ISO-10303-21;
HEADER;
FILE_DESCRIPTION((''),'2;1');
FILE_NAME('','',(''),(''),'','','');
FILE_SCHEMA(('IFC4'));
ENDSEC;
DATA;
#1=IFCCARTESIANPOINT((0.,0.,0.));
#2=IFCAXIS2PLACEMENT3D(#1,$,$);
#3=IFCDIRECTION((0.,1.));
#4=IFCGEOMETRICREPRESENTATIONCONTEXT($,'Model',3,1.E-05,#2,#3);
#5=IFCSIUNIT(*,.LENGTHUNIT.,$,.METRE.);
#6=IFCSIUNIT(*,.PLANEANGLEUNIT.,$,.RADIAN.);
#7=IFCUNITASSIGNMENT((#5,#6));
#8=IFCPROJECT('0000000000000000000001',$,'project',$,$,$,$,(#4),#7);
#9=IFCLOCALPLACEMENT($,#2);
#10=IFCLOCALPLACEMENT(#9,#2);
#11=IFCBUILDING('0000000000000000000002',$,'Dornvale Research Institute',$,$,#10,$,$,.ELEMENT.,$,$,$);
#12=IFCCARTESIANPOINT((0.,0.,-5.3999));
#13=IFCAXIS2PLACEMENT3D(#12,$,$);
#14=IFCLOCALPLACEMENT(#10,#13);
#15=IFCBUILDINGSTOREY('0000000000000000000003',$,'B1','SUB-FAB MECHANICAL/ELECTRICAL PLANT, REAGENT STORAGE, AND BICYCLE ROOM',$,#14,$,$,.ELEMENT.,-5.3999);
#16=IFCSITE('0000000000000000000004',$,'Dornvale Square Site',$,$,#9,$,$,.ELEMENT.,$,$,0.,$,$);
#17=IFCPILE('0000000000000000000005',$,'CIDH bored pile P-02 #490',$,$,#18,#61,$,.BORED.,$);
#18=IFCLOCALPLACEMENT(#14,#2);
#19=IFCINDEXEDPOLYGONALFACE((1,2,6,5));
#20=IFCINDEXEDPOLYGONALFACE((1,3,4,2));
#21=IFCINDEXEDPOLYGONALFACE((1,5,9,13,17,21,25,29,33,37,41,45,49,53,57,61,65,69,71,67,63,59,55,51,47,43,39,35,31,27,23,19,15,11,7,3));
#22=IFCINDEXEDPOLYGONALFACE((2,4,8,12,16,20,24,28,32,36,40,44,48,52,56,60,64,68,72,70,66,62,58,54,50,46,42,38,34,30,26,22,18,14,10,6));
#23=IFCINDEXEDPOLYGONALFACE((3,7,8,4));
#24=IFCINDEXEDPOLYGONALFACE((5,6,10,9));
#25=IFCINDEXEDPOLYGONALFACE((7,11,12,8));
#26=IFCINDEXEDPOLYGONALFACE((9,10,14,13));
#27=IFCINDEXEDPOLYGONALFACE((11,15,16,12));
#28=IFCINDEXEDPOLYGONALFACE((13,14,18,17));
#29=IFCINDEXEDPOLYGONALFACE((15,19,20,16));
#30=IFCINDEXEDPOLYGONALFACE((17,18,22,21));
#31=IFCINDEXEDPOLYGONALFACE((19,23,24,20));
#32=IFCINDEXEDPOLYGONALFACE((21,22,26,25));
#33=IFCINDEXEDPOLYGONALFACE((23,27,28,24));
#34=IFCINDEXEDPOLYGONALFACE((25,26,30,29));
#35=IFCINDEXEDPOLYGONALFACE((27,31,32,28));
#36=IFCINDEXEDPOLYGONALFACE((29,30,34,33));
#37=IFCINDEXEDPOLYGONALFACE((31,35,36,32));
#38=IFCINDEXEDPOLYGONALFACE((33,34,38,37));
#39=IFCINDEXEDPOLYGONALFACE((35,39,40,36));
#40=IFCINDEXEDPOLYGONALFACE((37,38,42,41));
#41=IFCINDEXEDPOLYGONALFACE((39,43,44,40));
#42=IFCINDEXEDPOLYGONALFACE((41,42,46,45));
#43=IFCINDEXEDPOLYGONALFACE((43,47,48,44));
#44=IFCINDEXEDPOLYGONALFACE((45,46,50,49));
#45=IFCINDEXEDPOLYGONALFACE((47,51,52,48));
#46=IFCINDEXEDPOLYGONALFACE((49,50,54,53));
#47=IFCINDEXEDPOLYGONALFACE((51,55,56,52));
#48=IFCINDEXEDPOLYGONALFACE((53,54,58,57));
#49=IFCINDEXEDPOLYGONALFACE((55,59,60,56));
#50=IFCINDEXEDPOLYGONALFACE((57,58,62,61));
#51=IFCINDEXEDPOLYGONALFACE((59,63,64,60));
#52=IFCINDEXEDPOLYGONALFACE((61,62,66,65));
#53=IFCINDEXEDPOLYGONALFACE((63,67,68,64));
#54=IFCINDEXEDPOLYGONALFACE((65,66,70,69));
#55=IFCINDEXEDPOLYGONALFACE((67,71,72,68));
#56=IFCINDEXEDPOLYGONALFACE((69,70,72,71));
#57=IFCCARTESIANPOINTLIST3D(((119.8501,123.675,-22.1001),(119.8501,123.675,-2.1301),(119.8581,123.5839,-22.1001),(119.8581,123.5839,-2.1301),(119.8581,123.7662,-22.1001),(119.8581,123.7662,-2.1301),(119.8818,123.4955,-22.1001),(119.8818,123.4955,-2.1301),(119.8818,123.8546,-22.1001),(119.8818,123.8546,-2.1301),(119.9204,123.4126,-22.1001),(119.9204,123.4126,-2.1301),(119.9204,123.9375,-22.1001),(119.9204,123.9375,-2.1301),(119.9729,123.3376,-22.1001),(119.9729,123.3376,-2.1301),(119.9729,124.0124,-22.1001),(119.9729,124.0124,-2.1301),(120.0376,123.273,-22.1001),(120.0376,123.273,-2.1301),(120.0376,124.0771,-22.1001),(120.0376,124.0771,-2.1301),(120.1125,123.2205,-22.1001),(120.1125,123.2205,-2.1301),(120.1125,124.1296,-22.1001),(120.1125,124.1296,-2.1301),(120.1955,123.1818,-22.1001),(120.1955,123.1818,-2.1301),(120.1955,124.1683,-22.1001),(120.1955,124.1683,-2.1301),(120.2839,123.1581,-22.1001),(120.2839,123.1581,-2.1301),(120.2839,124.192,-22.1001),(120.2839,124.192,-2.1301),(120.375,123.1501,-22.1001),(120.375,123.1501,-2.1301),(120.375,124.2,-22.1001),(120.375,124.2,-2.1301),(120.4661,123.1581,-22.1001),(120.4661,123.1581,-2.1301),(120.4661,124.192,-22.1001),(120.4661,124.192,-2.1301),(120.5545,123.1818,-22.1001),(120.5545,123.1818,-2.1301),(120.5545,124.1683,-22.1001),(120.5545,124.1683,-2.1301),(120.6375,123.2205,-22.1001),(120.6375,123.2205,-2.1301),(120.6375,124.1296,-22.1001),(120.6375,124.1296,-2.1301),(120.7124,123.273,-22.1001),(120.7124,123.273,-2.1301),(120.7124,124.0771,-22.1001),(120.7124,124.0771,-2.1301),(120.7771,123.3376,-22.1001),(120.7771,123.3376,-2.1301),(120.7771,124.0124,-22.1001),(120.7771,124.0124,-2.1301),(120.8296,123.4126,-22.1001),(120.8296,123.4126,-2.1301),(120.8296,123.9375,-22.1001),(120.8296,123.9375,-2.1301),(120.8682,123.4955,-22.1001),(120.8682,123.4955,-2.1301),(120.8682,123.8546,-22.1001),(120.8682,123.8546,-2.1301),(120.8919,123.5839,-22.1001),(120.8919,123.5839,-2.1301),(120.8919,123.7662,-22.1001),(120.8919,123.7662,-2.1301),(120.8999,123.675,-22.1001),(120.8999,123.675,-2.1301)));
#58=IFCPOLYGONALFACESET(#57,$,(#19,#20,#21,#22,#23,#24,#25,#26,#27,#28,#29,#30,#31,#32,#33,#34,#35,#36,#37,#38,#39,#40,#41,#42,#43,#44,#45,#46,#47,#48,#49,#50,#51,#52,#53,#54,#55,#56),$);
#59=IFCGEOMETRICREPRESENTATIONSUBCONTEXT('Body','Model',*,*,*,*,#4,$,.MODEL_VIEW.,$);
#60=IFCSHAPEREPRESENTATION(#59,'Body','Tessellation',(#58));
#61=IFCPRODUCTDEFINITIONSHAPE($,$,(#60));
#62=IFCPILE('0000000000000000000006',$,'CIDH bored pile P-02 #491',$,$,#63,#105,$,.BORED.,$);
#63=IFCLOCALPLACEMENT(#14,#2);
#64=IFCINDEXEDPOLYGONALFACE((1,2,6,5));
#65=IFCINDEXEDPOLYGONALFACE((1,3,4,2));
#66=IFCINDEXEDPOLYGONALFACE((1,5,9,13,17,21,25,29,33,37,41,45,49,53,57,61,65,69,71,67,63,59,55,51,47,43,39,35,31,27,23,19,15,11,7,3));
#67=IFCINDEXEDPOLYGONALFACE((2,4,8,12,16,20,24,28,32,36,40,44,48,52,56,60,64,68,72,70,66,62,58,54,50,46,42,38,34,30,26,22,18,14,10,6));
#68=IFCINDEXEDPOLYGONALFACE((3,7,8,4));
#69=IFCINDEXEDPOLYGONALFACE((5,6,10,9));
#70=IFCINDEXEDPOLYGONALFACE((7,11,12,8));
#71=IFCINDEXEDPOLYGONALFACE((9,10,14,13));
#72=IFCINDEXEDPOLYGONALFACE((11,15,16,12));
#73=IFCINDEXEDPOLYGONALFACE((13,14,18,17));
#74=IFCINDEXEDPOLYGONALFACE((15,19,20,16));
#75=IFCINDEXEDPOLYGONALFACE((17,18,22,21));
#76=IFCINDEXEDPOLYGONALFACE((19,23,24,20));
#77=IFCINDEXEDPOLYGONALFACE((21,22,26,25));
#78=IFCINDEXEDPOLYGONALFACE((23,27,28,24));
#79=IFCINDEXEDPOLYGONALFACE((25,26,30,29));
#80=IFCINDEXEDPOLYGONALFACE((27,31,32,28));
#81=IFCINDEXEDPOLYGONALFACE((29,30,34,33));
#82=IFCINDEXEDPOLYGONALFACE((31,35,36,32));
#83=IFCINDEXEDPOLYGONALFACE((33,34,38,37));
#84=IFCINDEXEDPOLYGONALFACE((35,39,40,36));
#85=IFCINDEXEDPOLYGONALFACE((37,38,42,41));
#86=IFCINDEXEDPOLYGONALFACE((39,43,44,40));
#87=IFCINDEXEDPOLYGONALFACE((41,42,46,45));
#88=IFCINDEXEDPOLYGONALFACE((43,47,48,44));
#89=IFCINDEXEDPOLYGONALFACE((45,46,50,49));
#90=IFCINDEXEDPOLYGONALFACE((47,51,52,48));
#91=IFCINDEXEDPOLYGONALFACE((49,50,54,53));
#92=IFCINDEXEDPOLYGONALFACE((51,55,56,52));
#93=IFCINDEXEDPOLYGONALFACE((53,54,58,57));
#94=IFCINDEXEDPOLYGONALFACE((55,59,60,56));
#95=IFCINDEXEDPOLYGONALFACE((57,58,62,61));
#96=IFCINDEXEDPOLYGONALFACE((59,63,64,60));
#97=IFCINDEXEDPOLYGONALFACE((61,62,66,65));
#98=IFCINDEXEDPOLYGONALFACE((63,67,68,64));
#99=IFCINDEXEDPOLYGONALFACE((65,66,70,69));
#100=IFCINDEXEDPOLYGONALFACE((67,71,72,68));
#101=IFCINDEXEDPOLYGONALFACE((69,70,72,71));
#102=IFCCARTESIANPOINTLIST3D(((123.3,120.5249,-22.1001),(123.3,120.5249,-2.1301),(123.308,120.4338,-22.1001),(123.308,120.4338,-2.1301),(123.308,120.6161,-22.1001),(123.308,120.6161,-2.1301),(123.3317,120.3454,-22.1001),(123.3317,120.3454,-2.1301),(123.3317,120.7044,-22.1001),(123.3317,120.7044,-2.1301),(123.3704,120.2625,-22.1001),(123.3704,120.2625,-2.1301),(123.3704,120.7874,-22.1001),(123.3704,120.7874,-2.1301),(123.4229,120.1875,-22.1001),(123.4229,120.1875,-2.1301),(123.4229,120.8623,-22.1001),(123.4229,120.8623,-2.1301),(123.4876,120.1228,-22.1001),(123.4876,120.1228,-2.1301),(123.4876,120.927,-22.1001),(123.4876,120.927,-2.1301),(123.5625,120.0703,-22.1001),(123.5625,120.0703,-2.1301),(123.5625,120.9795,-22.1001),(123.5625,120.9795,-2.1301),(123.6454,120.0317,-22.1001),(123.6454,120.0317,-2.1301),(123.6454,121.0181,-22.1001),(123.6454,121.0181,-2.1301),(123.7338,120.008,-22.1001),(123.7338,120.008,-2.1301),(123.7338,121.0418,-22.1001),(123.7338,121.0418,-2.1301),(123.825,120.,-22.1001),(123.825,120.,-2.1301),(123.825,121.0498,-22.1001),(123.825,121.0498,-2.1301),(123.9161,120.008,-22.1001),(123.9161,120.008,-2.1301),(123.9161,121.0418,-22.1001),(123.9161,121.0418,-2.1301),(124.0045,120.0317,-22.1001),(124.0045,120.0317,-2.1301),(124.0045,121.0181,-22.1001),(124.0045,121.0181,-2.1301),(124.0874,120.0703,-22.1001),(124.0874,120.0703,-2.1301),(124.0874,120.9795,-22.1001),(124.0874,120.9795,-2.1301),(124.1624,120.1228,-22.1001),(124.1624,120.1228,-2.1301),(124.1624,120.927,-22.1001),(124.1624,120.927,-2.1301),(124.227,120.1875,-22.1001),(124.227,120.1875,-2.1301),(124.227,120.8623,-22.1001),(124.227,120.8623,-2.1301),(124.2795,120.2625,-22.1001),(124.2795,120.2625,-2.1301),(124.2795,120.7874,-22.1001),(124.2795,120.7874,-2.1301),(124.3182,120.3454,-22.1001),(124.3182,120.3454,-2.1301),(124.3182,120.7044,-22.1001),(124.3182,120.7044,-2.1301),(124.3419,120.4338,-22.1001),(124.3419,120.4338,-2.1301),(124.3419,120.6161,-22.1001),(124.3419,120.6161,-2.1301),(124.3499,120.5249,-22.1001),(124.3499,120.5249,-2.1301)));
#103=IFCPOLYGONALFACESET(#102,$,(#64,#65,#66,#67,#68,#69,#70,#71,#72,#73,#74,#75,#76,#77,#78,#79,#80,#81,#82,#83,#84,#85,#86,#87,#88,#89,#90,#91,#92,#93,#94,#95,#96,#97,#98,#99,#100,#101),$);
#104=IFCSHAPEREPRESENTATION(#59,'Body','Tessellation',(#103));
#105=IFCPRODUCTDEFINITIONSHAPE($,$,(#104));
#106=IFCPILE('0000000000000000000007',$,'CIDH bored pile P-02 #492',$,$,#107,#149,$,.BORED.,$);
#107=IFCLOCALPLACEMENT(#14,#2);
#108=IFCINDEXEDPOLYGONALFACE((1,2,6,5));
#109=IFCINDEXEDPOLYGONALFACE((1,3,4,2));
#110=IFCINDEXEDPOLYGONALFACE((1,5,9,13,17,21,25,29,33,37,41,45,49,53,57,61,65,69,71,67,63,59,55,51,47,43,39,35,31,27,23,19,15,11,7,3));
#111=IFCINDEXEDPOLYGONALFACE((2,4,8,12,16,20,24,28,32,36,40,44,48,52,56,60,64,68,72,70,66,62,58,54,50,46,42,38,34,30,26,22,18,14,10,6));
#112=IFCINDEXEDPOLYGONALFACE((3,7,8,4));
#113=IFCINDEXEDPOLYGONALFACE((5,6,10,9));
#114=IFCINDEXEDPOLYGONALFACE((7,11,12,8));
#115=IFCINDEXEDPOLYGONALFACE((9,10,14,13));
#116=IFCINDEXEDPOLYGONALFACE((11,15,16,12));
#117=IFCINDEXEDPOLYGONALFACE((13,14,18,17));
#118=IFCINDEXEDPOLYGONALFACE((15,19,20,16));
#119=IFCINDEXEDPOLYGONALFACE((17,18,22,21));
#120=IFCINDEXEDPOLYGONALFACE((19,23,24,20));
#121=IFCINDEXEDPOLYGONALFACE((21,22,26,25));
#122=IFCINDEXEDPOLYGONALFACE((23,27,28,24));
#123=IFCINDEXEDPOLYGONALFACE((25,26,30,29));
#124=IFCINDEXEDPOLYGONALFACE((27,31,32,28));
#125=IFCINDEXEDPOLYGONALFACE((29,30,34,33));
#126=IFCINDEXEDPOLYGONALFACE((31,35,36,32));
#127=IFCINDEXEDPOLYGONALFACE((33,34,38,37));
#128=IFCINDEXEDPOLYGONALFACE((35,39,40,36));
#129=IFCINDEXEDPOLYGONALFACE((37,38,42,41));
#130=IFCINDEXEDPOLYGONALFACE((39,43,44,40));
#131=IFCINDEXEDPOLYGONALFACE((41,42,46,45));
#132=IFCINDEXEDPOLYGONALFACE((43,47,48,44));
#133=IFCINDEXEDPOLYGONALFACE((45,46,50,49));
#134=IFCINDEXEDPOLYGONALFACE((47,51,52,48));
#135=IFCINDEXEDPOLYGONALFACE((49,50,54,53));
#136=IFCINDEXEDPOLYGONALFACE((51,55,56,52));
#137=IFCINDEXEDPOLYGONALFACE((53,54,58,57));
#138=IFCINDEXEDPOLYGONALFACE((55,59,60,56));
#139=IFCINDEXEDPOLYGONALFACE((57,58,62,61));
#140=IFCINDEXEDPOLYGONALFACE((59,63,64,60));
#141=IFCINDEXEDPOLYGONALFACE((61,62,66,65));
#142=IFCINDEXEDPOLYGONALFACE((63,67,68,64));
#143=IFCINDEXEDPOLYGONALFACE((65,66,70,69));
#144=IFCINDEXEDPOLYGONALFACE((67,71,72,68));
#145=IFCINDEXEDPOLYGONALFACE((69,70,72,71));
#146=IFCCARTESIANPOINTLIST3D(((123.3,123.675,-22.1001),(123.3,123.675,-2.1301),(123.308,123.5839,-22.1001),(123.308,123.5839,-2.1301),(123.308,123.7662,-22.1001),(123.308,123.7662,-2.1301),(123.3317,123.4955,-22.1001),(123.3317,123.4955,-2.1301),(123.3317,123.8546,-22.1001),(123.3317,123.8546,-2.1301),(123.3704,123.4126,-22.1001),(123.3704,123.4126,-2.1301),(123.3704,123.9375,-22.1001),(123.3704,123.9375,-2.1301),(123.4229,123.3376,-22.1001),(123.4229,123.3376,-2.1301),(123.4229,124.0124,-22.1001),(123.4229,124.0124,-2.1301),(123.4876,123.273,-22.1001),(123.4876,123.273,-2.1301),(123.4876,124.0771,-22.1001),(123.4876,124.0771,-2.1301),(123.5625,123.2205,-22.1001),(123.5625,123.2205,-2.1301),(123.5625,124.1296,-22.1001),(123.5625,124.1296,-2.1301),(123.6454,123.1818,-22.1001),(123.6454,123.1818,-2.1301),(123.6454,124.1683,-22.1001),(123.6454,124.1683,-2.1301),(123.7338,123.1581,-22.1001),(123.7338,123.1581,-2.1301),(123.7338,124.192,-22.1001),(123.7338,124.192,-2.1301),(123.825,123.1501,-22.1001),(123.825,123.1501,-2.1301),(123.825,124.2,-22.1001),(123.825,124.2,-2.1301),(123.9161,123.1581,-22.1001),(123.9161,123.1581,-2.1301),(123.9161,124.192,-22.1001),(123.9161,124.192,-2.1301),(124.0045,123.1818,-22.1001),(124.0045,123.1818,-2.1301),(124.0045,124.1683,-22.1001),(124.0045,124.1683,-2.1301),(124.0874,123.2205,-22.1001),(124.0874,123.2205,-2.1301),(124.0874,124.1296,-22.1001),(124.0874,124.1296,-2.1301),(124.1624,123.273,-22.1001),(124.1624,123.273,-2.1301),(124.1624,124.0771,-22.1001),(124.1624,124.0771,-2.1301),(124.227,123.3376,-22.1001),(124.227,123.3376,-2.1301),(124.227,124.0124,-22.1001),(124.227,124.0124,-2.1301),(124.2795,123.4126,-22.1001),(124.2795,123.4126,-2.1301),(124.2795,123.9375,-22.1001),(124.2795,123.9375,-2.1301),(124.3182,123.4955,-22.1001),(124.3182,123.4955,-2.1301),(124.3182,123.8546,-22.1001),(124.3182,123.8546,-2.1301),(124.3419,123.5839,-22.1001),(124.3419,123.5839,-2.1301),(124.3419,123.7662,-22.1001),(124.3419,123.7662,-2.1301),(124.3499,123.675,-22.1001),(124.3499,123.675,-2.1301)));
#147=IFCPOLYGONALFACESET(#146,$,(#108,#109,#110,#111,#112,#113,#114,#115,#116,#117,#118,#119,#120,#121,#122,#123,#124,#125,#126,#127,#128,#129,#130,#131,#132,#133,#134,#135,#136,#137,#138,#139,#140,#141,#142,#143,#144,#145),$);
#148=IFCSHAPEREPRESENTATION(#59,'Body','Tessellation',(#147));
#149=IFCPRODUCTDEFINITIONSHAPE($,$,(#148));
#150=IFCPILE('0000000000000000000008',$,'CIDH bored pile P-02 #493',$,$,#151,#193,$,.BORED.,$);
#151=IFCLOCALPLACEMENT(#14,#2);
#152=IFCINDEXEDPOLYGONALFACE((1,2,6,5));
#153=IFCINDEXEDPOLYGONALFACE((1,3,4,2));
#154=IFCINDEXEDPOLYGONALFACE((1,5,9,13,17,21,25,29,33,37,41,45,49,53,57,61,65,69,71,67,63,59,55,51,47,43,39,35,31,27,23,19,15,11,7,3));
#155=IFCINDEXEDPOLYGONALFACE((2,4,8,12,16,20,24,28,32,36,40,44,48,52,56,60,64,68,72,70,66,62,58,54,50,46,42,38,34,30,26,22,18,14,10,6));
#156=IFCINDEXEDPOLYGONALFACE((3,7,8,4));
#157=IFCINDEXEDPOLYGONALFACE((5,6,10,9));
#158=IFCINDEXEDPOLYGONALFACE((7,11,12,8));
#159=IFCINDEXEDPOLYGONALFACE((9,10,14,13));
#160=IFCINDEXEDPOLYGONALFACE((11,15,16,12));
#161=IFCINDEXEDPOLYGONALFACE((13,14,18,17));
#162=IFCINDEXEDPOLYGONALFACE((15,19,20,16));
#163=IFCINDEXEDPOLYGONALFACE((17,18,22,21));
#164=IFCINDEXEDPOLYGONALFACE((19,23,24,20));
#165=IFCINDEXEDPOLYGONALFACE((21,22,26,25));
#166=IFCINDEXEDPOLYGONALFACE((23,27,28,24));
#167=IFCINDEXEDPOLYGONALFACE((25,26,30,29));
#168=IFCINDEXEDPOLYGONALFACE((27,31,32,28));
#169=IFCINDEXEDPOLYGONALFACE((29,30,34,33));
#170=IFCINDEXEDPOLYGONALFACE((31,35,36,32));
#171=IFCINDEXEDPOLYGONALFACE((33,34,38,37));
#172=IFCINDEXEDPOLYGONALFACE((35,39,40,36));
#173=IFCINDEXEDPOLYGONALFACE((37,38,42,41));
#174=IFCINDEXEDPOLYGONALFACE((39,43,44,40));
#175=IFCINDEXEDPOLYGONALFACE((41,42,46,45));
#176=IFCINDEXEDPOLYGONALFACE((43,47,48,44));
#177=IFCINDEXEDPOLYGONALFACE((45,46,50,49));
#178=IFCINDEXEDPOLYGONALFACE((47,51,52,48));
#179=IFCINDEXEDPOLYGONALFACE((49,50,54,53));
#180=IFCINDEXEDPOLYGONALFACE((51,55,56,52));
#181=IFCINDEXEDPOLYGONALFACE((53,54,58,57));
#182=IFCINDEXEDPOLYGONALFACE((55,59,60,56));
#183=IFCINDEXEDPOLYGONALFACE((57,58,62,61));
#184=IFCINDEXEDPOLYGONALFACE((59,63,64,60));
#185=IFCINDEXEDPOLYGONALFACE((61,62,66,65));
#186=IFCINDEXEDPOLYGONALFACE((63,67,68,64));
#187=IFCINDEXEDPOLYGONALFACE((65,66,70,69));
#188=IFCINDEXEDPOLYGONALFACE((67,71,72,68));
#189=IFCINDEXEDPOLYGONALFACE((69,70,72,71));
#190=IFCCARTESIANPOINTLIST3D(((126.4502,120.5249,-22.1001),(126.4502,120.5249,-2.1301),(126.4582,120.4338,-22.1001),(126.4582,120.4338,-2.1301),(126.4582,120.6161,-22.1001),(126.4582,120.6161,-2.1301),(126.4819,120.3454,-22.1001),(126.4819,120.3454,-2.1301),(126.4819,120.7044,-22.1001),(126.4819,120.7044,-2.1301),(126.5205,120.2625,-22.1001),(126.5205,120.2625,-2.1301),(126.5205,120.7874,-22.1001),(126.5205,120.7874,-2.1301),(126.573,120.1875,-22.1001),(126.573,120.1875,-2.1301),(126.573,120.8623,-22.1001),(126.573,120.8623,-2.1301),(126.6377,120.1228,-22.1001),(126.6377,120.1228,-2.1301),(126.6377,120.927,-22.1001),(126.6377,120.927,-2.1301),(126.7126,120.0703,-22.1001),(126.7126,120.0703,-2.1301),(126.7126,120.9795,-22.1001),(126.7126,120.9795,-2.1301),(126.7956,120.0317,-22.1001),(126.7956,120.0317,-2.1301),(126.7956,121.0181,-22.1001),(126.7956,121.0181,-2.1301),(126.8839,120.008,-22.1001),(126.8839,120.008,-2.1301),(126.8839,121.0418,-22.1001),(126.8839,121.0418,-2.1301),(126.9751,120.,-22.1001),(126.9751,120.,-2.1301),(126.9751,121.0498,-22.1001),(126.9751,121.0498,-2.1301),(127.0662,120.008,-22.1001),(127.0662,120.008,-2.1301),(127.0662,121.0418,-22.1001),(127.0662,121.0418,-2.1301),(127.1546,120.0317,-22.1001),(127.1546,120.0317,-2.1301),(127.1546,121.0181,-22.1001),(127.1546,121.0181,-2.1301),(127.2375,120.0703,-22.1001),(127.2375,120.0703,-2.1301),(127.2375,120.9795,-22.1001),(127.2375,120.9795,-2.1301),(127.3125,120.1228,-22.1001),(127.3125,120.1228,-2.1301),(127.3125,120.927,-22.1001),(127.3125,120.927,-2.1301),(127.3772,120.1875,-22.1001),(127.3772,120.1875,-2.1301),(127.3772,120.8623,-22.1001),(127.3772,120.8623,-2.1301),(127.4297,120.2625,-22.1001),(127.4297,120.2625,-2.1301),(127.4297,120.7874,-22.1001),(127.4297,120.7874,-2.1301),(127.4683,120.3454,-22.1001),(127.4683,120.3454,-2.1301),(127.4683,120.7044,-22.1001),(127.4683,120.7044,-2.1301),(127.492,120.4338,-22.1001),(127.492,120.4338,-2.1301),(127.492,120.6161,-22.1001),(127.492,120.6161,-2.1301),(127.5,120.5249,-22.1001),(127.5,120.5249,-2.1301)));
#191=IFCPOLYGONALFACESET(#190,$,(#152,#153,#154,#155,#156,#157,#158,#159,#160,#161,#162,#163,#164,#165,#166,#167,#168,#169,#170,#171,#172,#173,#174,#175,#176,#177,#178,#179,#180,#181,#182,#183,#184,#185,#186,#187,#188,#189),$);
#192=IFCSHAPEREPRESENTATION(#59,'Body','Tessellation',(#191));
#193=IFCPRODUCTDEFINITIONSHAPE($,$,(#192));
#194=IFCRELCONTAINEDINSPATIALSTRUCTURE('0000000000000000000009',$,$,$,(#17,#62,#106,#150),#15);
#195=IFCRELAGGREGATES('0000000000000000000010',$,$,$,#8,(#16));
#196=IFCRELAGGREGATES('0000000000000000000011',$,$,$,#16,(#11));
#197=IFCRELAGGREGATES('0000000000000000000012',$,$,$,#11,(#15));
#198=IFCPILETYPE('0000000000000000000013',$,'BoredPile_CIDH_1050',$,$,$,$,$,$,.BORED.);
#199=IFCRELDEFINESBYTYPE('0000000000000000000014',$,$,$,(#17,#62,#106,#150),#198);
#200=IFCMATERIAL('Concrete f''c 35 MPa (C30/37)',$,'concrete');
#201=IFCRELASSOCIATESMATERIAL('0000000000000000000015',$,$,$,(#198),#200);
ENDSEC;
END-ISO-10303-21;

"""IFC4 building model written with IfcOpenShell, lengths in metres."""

from ifc_helpers import new_model, si_unit, direction, frame, origin, origin_2d, place, context, subcontext, project, spatial, circle, extrude, material, material_profile, profile_set, type_object, element, save


model = new_model("IFC4")

# Units and contexts
model_context = context("Model", 3, precision=1e-05, world=origin(), true_north=direction((0.0, 1.0)))
body_context = subcontext(model_context, "Body", "Model", "MODEL_VIEW")
ifc_project = project(units=[si_unit("LENGTHUNIT", "METRE"), si_unit("PLANEANGLEUNIT", "RADIAN")], contexts=[model_context])

# Site, building, storey
site_placement = place(None, origin())
site = spatial("IfcSite", under=ifc_project, at=site_placement, Name="Dornvale Square Site", CompositionType="ELEMENT", RefElevation=0.0)
building_placement = place(site_placement, origin())
building = spatial("IfcBuilding", under=site, at=building_placement, Name="Dornvale Research Institute", CompositionType="ELEMENT")
storey_placement = place(building_placement, frame((0.0, 0.0, -5.3999)))
storey = spatial("IfcBuildingStorey", under=building, at=storey_placement, Name="B1", Description="SUB-FAB MECHANICAL/ELECTRICAL PLANT, REAGENT STORAGE, AND BICYCLE ROOM", CompositionType="ELEMENT", Elevation=-5.3999)

# Piles
ifc_material_1 = material(Name="Concrete f'c 35 MPa (C30/37)", Category="concrete")
ifc_material_profile_1 = material_profile(ifc_material_1, circle(Radius=0.5249, at=origin_2d()), Name="CIDH PILE D1050")
ifc_profile_set_1 = profile_set([ifc_material_profile_1], Name="Concrete f'c 35 MPa (C30/37)")
pile_type = type_object("IfcPileType", Name="BoredPile_CIDH_1050", PredefinedType="BORED", material=ifc_profile_set_1)
for number, where, z_axis, x_axis, name in (
    (1, (120.375, 123.675, -2.1301), (0.0, 0.0, -1.0), (1.0, 0.0, 0.0), "CIDH bored pile P-02 #490"),
    (2, (123.825, 120.5249, -2.1301), (0.0, 0.0, -1.0), (1.0, 0.0, 0.0), "CIDH bored pile P-02 #491"),
    (3, (123.825, 123.675, -2.1301), (0.0, 0.0, -1.0), (1.0, 0.0, 0.0), "CIDH bored pile P-02 #492"),
    (4, (126.9751, 120.5249, -2.1301), (0.0, 0.0, -1.0), (1.0, 0.0, 0.0), "CIDH bored pile P-02 #493"),
):
    element("IfcPile", number, at=place(storey_placement, frame(where, z_axis=z_axis, x_axis=x_axis)), inside=storey, type_object=pile_type, Name=name, PredefinedType="BORED", context=body_context, shape_type="SweptSolid", body=[
        extrude(circle(Radius=0.5249, at=origin_2d()), origin(), (0.0, 0.0, 1.0), 19.97),
    ])

save(model, "model.ifc")
